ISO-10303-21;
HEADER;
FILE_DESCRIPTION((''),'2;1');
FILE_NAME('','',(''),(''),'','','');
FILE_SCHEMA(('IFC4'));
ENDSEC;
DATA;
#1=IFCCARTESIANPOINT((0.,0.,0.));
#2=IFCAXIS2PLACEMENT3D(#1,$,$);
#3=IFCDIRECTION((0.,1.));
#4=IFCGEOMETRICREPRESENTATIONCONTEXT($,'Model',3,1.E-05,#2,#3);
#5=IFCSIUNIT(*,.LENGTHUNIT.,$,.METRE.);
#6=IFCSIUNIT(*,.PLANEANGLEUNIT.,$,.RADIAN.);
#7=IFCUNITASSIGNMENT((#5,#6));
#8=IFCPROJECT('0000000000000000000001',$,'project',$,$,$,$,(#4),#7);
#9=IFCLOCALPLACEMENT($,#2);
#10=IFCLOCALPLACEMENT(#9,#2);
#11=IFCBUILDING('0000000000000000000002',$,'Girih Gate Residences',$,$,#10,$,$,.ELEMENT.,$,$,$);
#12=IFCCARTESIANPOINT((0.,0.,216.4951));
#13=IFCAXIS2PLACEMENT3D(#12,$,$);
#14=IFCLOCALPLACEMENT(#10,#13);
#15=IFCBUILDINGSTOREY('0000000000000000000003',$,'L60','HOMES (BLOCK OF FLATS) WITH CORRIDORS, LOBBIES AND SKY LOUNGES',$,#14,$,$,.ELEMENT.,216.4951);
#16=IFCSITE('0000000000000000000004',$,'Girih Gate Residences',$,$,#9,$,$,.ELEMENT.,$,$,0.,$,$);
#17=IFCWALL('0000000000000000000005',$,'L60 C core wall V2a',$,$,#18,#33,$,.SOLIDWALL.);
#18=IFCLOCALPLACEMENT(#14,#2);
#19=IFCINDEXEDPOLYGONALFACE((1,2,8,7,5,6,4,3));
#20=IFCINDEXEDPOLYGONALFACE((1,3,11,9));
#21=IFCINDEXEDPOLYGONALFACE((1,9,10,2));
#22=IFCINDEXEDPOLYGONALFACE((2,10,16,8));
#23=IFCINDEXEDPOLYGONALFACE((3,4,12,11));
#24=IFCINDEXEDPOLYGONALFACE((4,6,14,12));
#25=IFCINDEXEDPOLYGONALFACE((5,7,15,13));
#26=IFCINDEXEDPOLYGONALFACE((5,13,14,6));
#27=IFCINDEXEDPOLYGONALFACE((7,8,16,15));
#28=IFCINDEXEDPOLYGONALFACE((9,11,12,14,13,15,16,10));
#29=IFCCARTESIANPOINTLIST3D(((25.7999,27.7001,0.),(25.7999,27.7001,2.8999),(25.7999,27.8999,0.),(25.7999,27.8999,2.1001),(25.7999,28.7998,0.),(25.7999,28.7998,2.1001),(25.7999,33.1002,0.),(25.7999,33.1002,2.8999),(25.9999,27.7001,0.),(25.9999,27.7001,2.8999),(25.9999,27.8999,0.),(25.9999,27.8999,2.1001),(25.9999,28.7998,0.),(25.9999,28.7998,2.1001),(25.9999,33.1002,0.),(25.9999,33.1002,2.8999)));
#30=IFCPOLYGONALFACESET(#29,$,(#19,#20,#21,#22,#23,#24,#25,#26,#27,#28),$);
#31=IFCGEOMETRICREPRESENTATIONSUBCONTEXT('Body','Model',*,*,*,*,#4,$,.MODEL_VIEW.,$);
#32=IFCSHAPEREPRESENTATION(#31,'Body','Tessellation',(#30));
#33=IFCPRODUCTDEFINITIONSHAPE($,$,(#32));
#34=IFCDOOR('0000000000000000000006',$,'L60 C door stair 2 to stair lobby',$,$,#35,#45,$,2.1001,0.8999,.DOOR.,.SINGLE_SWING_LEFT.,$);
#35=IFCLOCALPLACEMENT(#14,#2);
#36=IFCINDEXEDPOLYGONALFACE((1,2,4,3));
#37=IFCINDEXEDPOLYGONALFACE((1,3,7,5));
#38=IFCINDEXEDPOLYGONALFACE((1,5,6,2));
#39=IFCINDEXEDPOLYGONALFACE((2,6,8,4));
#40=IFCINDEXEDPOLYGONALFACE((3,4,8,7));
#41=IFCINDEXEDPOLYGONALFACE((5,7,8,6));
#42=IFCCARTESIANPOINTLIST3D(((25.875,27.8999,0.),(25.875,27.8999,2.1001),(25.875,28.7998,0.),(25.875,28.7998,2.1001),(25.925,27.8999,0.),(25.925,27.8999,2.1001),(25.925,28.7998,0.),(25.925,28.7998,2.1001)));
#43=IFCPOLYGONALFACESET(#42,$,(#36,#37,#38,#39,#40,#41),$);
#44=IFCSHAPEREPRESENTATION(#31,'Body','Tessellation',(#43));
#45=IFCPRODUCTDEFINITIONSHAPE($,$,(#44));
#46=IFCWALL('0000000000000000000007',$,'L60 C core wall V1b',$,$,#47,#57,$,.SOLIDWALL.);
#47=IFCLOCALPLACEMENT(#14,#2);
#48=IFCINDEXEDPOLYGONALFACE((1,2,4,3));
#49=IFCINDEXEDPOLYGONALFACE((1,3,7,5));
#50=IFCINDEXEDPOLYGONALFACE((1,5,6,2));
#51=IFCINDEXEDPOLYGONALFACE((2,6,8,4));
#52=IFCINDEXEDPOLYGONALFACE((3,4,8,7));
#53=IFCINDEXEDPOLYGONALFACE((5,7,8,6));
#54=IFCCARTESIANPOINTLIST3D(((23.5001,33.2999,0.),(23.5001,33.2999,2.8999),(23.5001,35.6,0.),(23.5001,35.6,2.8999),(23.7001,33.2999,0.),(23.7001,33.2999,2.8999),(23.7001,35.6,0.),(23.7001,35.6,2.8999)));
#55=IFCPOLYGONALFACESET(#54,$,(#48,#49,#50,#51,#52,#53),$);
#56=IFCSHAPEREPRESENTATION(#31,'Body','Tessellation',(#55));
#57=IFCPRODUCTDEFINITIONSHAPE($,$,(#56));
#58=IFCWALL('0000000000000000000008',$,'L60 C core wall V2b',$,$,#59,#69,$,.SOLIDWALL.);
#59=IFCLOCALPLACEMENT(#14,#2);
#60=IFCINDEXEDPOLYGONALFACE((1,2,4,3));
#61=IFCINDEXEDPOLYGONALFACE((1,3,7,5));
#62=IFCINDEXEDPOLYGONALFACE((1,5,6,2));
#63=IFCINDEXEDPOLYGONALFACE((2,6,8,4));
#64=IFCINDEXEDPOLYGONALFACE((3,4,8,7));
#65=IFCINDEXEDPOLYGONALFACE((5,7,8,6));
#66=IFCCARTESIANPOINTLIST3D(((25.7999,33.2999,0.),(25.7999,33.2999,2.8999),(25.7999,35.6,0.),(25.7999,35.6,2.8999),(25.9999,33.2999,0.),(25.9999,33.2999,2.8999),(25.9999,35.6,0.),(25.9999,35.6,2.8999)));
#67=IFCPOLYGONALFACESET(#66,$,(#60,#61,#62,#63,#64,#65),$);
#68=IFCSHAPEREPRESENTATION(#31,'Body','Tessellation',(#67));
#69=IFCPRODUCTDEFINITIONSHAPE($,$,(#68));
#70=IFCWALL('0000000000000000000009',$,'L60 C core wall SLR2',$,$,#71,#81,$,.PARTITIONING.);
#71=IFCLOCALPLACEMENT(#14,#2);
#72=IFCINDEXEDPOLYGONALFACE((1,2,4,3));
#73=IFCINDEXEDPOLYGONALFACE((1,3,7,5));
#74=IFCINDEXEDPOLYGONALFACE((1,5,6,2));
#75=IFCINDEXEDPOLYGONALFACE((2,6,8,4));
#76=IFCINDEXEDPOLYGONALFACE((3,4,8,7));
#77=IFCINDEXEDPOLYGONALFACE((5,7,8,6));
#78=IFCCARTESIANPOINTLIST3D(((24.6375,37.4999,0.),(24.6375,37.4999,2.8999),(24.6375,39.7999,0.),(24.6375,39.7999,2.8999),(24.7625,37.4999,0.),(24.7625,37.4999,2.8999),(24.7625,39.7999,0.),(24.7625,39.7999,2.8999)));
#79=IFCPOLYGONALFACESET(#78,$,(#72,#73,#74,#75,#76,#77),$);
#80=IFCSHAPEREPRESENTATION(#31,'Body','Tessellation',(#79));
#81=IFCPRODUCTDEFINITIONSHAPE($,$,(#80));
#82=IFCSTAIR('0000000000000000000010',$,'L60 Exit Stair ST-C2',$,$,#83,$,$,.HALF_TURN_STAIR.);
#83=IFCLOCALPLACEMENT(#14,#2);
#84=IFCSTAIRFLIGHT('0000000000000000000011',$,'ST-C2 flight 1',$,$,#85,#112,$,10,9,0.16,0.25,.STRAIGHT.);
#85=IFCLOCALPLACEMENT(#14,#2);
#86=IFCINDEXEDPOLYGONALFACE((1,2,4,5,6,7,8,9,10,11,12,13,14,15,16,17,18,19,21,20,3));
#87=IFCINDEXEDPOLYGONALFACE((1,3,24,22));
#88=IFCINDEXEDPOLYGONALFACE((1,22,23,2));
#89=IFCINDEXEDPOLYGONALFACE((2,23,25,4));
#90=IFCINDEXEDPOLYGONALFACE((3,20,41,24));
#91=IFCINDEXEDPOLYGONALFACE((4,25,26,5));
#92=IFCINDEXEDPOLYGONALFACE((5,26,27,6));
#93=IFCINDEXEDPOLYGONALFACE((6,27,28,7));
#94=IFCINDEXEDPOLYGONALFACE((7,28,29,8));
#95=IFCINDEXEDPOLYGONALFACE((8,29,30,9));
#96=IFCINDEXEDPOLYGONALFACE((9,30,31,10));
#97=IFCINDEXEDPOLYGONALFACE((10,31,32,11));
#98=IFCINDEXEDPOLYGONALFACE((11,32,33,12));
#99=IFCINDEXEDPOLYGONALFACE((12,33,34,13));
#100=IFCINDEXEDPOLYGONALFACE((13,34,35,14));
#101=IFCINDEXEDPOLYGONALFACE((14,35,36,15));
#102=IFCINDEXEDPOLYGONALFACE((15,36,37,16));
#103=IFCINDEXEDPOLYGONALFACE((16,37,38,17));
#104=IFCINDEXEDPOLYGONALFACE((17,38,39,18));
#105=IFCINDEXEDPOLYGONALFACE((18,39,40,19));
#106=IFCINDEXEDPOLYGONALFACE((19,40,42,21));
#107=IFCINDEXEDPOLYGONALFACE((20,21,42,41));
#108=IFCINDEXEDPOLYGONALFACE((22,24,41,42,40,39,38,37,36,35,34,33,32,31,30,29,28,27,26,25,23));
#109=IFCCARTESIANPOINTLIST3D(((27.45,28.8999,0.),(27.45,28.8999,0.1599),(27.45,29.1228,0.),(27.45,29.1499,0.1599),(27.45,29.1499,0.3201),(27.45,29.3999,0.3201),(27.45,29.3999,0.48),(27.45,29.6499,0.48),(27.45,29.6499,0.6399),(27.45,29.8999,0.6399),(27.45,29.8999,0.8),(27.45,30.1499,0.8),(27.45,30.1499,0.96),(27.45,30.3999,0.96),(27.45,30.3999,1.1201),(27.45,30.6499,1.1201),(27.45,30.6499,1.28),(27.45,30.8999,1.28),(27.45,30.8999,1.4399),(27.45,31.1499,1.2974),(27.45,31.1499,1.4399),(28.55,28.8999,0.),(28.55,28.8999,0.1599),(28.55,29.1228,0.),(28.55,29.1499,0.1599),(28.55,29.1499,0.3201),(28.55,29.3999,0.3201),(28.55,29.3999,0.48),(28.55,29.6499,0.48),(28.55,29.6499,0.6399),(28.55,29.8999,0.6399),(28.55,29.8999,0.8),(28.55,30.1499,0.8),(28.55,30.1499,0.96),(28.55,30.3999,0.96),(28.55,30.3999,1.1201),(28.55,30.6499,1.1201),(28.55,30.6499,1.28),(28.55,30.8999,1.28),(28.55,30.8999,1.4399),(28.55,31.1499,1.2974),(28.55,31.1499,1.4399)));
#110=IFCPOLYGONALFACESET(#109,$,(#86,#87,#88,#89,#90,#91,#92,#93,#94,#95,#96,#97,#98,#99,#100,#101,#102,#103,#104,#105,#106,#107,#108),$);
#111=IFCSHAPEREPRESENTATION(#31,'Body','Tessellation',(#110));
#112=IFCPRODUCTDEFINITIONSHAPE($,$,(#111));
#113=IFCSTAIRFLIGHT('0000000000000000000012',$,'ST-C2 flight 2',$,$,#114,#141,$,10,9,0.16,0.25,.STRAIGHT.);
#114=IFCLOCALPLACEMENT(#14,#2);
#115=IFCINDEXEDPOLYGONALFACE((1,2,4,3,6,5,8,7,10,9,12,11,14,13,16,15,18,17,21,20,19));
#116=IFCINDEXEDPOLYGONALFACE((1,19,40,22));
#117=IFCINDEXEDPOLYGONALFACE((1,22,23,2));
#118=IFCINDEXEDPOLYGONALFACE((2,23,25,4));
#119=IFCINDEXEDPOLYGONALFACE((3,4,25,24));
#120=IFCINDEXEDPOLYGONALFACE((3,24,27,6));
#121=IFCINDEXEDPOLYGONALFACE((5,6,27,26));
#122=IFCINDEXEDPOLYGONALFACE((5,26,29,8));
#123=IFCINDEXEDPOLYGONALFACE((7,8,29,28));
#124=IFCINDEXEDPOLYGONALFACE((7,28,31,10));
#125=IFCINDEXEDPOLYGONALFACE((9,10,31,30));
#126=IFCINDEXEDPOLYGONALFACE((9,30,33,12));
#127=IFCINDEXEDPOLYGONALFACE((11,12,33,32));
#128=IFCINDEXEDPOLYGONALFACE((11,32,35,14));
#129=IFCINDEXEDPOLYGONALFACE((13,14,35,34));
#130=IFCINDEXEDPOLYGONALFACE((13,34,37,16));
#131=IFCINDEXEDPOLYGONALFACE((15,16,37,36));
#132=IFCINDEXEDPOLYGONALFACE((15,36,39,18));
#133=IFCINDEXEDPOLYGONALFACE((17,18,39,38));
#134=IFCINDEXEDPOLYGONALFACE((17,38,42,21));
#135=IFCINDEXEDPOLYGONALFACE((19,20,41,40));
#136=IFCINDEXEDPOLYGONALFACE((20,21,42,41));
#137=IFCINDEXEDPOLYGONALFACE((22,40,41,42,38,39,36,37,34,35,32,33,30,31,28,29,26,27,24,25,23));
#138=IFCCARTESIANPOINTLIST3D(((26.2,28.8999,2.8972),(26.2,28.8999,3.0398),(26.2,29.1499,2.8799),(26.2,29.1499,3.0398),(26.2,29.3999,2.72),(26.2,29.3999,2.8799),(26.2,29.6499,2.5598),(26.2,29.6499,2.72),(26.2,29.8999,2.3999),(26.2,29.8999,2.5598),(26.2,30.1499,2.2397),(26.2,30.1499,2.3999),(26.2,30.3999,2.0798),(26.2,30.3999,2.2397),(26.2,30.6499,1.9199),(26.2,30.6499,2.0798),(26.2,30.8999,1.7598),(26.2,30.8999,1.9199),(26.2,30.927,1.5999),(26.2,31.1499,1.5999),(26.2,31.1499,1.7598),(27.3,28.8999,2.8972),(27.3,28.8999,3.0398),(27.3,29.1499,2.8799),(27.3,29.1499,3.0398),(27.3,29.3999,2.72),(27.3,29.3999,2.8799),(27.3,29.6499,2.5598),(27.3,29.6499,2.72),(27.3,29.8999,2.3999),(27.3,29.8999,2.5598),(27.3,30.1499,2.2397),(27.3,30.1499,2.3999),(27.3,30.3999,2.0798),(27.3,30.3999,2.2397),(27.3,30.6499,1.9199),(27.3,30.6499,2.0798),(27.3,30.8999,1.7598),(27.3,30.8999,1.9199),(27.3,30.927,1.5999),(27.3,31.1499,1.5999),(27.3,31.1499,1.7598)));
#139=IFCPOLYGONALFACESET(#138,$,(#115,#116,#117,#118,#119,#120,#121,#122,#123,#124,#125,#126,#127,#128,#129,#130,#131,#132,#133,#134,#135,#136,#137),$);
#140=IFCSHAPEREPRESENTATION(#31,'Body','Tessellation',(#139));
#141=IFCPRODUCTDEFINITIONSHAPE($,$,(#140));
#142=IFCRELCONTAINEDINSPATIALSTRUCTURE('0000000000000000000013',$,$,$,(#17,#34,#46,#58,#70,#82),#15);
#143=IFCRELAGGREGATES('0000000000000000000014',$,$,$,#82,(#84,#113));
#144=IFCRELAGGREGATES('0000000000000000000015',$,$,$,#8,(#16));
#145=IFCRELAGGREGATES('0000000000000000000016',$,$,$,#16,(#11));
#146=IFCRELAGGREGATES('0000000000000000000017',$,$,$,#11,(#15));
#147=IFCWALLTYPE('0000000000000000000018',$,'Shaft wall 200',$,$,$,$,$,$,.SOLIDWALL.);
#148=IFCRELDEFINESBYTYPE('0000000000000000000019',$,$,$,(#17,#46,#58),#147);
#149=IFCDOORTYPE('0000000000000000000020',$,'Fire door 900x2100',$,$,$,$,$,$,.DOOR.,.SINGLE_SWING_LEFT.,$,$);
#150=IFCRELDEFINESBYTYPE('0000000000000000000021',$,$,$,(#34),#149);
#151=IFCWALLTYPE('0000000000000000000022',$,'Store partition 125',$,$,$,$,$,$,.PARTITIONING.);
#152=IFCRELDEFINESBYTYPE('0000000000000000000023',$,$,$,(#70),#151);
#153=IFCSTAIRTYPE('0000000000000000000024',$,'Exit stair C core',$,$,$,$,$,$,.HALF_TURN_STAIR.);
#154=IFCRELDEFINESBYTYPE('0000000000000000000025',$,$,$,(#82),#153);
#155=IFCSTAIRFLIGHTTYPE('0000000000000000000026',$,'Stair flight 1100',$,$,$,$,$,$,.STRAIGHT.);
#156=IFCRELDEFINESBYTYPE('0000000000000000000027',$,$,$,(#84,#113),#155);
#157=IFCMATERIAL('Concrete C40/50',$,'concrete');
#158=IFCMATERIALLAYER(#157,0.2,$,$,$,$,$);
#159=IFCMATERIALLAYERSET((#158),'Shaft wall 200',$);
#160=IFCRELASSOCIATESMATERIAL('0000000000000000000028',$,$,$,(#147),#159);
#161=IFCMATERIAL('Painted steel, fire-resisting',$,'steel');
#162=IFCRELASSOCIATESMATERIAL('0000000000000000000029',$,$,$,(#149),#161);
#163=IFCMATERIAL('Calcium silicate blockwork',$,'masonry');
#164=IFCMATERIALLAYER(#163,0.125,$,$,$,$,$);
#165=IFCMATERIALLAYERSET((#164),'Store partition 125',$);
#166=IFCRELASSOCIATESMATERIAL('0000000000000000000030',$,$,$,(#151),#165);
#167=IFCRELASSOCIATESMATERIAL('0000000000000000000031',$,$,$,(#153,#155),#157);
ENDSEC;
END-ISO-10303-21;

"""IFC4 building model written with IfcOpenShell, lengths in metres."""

from ifc_helpers import new_model, si_unit, direction, frame, frame_2d, origin, place, context, subcontext, project, spatial, polyline, rectangle, outline, extrude, material, layer, layer_set, type_object, element, fill, aggregate, save


model = new_model("IFC4")

# Units and contexts
model_context = context("Model", 3, precision=1e-05, world=origin(), true_north=direction((0.0, 1.0)))
body_context = subcontext(model_context, "Body", "Model", "MODEL_VIEW")
ifc_project = project(units=[si_unit("LENGTHUNIT", "METRE"), si_unit("PLANEANGLEUNIT", "RADIAN")], contexts=[model_context])

# Site, building, storey
site_placement = place(None, origin())
site = spatial("IfcSite", under=ifc_project, at=site_placement, Name="Girih Gate Residences", CompositionType="ELEMENT", RefElevation=0.0)
building_placement = place(site_placement, origin())
building = spatial("IfcBuilding", under=site, at=building_placement, Name="Girih Gate Residences", CompositionType="ELEMENT")
storey_placement = place(building_placement, frame((0.0, 0.0, 216.4951)))
storey = spatial("IfcBuildingStorey", under=building, at=storey_placement, Name="L60", Description="HOMES (BLOCK OF FLATS) WITH CORRIDORS, LOBBIES AND SKY LOUNGES", CompositionType="ELEMENT", Elevation=216.4951)

# Shared definitions
ifc_material_1 = material(Name="Concrete C40/50", Category="concrete")

# Wall, opening, door
ifc_layer_1 = layer(ifc_material_1, 0.2)
ifc_layer_set_1 = layer_set([ifc_layer_1], Name="Shaft wall 200")
wall_type_1 = type_object("IfcWallType", Name="Shaft wall 200", PredefinedType="SOLIDWALL", material=ifc_layer_set_1)
ifc_material_2 = material(Name="Painted steel, fire-resisting", Category="steel")
door_type = type_object("IfcDoorType", Name="Fire door 900x2100", OperationType="SINGLE_SWING_LEFT", PredefinedType="DOOR", material=ifc_material_2)
wall_1_placement = place(storey_placement, frame((25.8999, 27.7, 0.0), z_axis=(0.0, 0.0, 1.0), x_axis=(0.0, 1.0, 0.0)))
wall_1 = element("IfcWall", 1, at=wall_1_placement, inside=storey, type_object=wall_type_1, Name="L60 C core wall V2a", PredefinedType="SOLIDWALL", context=body_context, shape_type="SweptSolid", body=[
    extrude(rectangle(XDim=5.4001, YDim=0.2, at=frame_2d((2.7002, 0.0))), origin(), (0.0, 0.0, 1.0), 2.8999),
])
opening_1_placement = place(wall_1_placement, frame((0.2, 0.0, 0.0)))
opening_1 = element("IfcOpeningElement", 2, at=opening_1_placement, cuts=wall_1, PredefinedType="OPENING", context=body_context, shape_type="SweptSolid", body=[
    extrude(rectangle(XDim=0.8999, YDim=2.1001, at=frame_2d((0.45, 1.05))), frame((0.0, 0.1099, 0.0), z_axis=(0.0, -1.0, 0.0), x_axis=(1.0, 0.0, 0.0)), (0.0, 0.0, 1.0), 0.22),
])
door_1_placement = place(opening_1_placement, origin())
door_1 = element("IfcDoor", 3, at=door_1_placement, inside=storey, type_object=door_type, Name="L60 C door stair 2 to stair lobby", OperationType="SINGLE_SWING_LEFT", OverallHeight=2.1001, OverallWidth=0.8999, PredefinedType="DOOR", context=body_context, shape_type="SweptSolid", body=[
    extrude(rectangle(XDim=0.8999, YDim=2.1001, at=frame_2d((0.45, 1.05))), frame((0.0, 0.0249, 0.0), z_axis=(0.0, -1.0, 0.0), x_axis=(1.0, 0.0, 0.0)), (0.0, 0.0, 1.0), 0.05),
])
fill(opening_1, door_1)

# Walls
for number, where, z_axis, x_axis, name in (
    (4, (23.6001, 33.3, 0.0), (0.0, 0.0, 1.0), (0.0, 1.0, 0.0), "L60 C core wall V1b"),
    (5, (25.8999, 33.3, 0.0), (0.0, 0.0, 1.0), (0.0, 1.0, 0.0), "L60 C core wall V2b"),
):
    element("IfcWall", number, at=place(storey_placement, frame(where, z_axis=z_axis, x_axis=x_axis)), inside=storey, type_object=wall_type_1, Name=name, PredefinedType="SOLIDWALL", context=body_context, shape_type="SweptSolid", body=[
        extrude(rectangle(XDim=2.3, YDim=0.2, at=frame_2d((1.1499, 0.0))), origin(), (0.0, 0.0, 1.0), 2.8999),
    ])
ifc_material_3 = material(Name="Calcium silicate blockwork", Category="masonry")
ifc_layer_2 = layer(ifc_material_3, 0.125)
ifc_layer_set_2 = layer_set([ifc_layer_2], Name="Store partition 125")
wall_type_2 = type_object("IfcWallType", Name="Store partition 125", PredefinedType="PARTITIONING", material=ifc_layer_set_2)
wall_2_placement = place(storey_placement, frame((24.7, 37.5, 0.0), z_axis=(0.0, 0.0, 1.0), x_axis=(0.0, 1.0, 0.0)))
element("IfcWall", 6, at=wall_2_placement, inside=storey, type_object=wall_type_2, Name="L60 C core wall SLR2", PredefinedType="PARTITIONING", context=body_context, shape_type="SweptSolid", body=[
    extrude(rectangle(XDim=2.3, YDim=0.125, at=frame_2d((1.1499, 0.0))), origin(), (0.0, 0.0, 1.0), 2.8999),
])

# Stair, stair flights
stair_type = type_object("IfcStairType", Name="Exit stair C core", PredefinedType="HALF_TURN_STAIR", material=ifc_material_1)
stair_placement = place(storey_placement, origin())
stair = element("IfcStair", 7, at=stair_placement, inside=storey, type_object=stair_type, Name="L60 Exit Stair ST-C2", PredefinedType="HALF_TURN_STAIR")
stair_flight_type = type_object("IfcStairFlightType", Name="Stair flight 1100", PredefinedType="STRAIGHT", material=ifc_material_1)
stair_flight_1_placement = place(storey_placement, frame((28.0, 28.8999, 0.0), z_axis=(0.0, 0.0, 1.0), x_axis=(0.0, 1.0, 0.0)))
stair_flight_1 = element("IfcStairFlight", 8, at=stair_flight_1_placement, type_object=stair_flight_type, Name="ST-C2 flight 1", NumberOfRisers=10, NumberOfTreads=9, PredefinedType="STRAIGHT", RiserHeight=0.16, TreadLength=0.25, context=body_context, shape_type="SweptSolid", body=[
    extrude(outline(polyline([(0.0, 0.0), (0.0, 0.1599), (0.25, 0.1599), (0.25, 0.3201), (0.5, 0.3201), (0.5, 0.48), (0.75, 0.48), (0.75, 0.6399), (1.0, 0.6399), (1.0, 0.8), (1.25, 0.8), (1.25, 0.96), (1.5, 0.96), (1.5, 1.1201), (1.75, 1.1201), (1.75, 1.28), (2.0, 1.28), (2.0, 1.4399), (2.25, 1.4399), (2.25, 1.6001), (2.25, 1.2974), (0.2229, 0.0), (0.0, 0.0)])), frame((0.0, 0.55, 0.0), z_axis=(0.0, -1.0, 0.0), x_axis=(1.0, 0.0, 0.0)), (0.0, 0.0, 1.0), 1.1001),
])
stair_flight_2_placement = place(storey_placement, frame((26.75, 31.1499, 1.5999), z_axis=(0.0, 0.0, 1.0), x_axis=(0.0, -1.0, 0.0)))
stair_flight_2 = element("IfcStairFlight", 9, at=stair_flight_2_placement, type_object=stair_flight_type, Name="ST-C2 flight 2", NumberOfRisers=10, NumberOfTreads=9, PredefinedType="STRAIGHT", RiserHeight=0.16, TreadLength=0.25, context=body_context, shape_type="SweptSolid", body=[
    extrude(outline(polyline([(0.0, 0.0), (0.0, 0.1599), (0.25, 0.1599), (0.25, 0.3201), (0.5, 0.3201), (0.5, 0.48), (0.75, 0.48), (0.75, 0.6399), (1.0, 0.6399), (1.0, 0.8), (1.25, 0.8), (1.25, 0.96), (1.5, 0.96), (1.5, 1.1201), (1.75, 1.1201), (1.75, 1.28), (2.0, 1.28), (2.0, 1.4399), (2.25, 1.4399), (2.25, 1.6001), (2.25, 1.2974), (0.2229, 0.0), (0.0, 0.0)])), frame((0.0, 0.55, 0.0), z_axis=(0.0, -1.0, 0.0), x_axis=(1.0, 0.0, 0.0)), (0.0, 0.0, 1.0), 1.1001),
])
aggregate(stair, [stair_flight_1, stair_flight_2])

save(model, "model.ifc")
